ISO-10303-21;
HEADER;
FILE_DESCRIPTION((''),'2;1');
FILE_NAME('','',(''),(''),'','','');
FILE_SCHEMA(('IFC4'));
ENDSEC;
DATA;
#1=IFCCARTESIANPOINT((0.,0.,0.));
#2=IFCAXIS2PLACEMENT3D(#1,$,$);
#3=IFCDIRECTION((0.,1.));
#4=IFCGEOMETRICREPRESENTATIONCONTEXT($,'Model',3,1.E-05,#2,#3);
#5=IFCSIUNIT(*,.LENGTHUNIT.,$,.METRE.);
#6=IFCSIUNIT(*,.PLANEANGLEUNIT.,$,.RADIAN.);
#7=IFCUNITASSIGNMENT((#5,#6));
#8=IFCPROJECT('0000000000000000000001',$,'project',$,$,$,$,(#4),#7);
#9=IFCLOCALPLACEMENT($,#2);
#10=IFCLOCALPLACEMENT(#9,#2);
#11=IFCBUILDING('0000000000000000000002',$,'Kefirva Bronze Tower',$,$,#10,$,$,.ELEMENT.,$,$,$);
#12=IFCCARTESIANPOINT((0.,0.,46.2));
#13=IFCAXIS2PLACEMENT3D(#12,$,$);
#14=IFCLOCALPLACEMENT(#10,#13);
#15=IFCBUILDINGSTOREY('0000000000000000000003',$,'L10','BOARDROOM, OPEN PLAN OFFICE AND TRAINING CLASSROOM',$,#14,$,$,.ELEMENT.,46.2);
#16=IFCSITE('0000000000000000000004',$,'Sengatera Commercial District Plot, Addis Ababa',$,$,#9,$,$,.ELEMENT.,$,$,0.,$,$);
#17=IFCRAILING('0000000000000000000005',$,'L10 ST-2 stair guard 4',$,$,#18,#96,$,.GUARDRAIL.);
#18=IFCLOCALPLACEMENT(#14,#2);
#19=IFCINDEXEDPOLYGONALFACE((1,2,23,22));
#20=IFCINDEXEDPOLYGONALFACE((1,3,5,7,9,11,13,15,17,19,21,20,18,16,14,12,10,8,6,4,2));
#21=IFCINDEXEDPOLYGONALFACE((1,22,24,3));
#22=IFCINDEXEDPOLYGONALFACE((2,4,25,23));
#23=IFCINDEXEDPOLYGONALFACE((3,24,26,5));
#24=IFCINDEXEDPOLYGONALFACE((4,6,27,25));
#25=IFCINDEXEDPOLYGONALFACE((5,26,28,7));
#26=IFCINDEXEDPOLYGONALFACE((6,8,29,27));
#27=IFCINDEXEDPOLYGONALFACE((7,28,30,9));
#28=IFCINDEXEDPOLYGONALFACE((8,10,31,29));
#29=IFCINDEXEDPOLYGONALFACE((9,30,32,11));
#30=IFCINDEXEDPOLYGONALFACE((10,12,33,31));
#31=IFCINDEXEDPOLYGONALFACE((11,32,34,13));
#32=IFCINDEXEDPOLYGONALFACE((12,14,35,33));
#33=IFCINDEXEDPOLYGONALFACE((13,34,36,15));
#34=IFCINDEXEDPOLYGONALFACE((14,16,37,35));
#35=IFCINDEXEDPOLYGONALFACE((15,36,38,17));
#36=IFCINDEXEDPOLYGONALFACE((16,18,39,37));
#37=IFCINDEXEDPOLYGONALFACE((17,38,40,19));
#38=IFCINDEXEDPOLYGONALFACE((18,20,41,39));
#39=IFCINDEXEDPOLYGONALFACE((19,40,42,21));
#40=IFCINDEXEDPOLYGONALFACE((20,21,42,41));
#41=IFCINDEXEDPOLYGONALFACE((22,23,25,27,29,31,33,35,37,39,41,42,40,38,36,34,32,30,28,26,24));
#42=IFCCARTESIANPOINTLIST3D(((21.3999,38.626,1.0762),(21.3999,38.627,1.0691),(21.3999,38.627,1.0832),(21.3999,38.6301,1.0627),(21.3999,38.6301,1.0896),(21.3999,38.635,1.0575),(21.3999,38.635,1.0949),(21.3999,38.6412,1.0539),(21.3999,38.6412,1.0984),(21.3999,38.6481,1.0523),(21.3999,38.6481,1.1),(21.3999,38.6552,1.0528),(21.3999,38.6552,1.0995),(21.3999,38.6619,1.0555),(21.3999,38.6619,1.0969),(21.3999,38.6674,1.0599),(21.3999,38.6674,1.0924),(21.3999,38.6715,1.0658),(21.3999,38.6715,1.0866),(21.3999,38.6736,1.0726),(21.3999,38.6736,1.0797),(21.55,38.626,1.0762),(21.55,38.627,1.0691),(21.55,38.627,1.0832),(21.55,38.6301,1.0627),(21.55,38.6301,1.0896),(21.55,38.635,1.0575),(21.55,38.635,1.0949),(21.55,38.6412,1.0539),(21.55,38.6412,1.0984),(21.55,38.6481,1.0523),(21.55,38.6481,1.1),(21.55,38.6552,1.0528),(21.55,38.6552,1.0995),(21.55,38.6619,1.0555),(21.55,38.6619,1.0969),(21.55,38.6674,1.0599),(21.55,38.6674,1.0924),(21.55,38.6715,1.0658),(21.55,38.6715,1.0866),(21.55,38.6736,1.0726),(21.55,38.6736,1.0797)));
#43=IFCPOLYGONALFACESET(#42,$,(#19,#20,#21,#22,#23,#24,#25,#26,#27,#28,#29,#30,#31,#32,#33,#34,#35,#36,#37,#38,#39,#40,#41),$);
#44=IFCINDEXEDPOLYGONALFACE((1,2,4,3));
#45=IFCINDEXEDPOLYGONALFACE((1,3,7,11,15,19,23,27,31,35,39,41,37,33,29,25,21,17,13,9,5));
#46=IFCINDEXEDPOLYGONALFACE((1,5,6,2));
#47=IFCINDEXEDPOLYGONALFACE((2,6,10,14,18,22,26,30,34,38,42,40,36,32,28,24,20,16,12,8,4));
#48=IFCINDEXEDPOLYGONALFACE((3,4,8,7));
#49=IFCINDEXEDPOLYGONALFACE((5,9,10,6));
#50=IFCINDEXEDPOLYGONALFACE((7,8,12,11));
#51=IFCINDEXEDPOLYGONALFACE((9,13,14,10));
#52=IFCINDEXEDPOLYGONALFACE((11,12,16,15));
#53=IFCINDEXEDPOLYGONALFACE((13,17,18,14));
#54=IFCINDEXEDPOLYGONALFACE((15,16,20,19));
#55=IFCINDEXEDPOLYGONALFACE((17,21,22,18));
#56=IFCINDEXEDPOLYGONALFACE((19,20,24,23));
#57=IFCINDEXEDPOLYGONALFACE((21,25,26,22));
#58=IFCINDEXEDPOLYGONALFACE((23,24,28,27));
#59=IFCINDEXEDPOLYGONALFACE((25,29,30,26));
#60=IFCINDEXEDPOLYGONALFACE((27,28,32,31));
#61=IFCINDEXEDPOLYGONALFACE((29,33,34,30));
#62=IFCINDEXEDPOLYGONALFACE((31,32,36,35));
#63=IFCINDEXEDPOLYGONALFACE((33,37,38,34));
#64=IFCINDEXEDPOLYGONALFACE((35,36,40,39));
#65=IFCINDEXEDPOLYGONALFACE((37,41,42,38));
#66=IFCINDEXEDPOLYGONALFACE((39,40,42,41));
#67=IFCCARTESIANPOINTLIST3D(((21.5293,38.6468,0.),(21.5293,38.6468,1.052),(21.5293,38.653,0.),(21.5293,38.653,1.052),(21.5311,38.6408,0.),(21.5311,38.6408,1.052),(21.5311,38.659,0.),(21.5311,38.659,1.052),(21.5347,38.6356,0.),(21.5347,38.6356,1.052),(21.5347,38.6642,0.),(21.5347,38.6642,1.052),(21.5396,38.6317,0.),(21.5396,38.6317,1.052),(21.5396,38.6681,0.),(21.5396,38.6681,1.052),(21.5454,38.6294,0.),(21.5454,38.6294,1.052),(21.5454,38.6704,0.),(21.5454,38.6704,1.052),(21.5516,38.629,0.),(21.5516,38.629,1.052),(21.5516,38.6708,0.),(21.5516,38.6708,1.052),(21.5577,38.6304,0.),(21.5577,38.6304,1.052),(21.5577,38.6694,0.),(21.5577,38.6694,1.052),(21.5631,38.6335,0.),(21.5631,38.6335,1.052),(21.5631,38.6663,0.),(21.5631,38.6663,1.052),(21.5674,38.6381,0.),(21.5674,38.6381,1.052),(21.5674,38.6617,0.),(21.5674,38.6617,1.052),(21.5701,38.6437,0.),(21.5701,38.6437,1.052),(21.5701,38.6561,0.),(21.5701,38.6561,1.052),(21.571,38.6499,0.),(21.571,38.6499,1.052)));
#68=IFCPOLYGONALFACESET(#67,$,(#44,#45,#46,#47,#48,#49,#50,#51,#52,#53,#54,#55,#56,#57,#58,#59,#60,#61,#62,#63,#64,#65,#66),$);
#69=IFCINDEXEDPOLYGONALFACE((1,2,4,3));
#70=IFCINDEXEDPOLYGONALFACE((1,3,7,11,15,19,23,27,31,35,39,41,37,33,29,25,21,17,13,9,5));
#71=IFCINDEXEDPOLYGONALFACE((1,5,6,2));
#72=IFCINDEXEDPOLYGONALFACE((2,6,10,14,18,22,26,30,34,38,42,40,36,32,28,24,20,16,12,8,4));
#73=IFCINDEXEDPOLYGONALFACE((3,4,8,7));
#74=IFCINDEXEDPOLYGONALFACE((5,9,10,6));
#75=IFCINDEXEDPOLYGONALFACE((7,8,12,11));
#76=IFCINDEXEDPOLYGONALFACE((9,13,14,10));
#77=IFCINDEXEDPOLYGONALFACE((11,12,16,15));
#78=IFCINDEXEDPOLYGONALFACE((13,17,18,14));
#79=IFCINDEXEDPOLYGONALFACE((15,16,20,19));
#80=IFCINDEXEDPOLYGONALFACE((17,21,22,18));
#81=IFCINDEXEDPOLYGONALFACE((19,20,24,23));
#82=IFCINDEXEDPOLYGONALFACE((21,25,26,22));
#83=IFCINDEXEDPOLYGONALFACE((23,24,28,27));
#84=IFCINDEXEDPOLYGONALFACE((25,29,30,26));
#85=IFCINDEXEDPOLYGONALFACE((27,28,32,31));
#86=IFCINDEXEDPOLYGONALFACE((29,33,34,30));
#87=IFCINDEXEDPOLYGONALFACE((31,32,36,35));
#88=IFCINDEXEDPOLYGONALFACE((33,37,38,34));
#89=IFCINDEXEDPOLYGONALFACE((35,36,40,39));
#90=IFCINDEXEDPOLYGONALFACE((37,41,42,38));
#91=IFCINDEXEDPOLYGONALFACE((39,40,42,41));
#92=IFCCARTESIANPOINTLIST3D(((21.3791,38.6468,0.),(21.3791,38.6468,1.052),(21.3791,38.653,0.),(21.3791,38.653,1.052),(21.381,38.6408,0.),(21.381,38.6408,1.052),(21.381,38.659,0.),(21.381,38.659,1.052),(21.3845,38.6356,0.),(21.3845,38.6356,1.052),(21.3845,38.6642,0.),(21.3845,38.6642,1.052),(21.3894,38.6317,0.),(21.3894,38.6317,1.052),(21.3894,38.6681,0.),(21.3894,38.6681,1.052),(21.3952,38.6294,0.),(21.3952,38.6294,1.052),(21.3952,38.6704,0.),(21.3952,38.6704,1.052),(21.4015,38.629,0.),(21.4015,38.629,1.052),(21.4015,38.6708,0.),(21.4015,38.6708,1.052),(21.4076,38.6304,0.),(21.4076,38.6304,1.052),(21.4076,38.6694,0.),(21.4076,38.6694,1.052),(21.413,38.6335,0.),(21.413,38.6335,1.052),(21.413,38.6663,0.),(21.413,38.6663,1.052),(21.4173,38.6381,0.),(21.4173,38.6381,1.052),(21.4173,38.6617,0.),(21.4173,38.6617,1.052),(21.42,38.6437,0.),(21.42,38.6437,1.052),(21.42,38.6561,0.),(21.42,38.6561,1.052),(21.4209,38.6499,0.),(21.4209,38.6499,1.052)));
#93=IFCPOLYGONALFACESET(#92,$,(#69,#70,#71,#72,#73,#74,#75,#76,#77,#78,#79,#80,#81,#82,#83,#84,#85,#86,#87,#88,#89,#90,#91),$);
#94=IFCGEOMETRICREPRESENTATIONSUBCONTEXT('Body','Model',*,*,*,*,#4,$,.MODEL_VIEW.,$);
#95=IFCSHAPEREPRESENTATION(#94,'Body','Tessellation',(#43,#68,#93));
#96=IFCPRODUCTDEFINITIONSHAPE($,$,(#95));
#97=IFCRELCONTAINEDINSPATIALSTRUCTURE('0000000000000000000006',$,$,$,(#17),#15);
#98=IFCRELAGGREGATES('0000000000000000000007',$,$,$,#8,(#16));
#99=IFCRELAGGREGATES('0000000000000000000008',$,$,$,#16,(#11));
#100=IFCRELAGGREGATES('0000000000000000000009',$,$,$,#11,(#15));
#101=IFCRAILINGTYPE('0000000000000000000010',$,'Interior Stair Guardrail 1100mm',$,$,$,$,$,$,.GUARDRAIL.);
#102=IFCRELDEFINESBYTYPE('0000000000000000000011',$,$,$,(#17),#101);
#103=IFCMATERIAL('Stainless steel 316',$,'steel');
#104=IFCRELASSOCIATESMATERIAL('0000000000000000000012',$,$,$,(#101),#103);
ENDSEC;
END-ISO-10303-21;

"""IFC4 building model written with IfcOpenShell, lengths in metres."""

from ifc_helpers import new_model, si_unit, direction, frame, origin, origin_2d, place, context, subcontext, project, spatial, circle, extrude, material, type_object, element, save


model = new_model("IFC4")

# Units and contexts
model_context = context("Model", 3, precision=1e-05, world=origin(), true_north=direction((0.0, 1.0)))
body_context = subcontext(model_context, "Body", "Model", "MODEL_VIEW")
ifc_project = project(units=[si_unit("LENGTHUNIT", "METRE"), si_unit("PLANEANGLEUNIT", "RADIAN")], contexts=[model_context])

# Site, building, storey
site_placement = place(None, origin())
site = spatial("IfcSite", under=ifc_project, at=site_placement, Name="Sengatera Commercial District Plot, Addis Ababa", CompositionType="ELEMENT", RefElevation=0.0)
building_placement = place(site_placement, origin())
building = spatial("IfcBuilding", under=site, at=building_placement, Name="Kefirva Bronze Tower", CompositionType="ELEMENT")
storey_placement = place(building_placement, frame((0.0, 0.0, 46.2)))
storey = spatial("IfcBuildingStorey", under=building, at=storey_placement, Name="L10", Description="BOARDROOM, OPEN PLAN OFFICE AND TRAINING CLASSROOM", CompositionType="ELEMENT", Elevation=46.2)

# Railing
ifc_material_1 = material(Name="Stainless steel 316", Category="steel")
railing_type_1 = type_object("IfcRailingType", Name="Interior Stair Guardrail 1100mm", PredefinedType="GUARDRAIL", material=ifc_material_1)
railing_1_placement = place(storey_placement, frame((21.55, 38.6499, 0.0)))
element("IfcRailing", 1, at=railing_1_placement, inside=storey, type_object=railing_type_1, Name="L10 ST-2 stair guard 4", PredefinedType="GUARDRAIL", context=body_context, shape_type="SweptSolid", body=[
    extrude(circle(Radius=0.0239, at=origin_2d()), frame((0.0, 0.0, 1.0762), z_axis=(-1.0, 0.0, 0.0), x_axis=(0.0, -1.0, 0.0)), (0.0, 0.0, 1.0), 0.1501),
    extrude(circle(Radius=0.021, at=origin_2d()), origin(), (0.0, 0.0, 1.0), 1.052),
    extrude(circle(Radius=0.021, at=origin_2d()), frame((-0.1501, 0.0, 0.0)), (0.0, 0.0, 1.0), 1.052),
])

save(model, "model.ifc")
